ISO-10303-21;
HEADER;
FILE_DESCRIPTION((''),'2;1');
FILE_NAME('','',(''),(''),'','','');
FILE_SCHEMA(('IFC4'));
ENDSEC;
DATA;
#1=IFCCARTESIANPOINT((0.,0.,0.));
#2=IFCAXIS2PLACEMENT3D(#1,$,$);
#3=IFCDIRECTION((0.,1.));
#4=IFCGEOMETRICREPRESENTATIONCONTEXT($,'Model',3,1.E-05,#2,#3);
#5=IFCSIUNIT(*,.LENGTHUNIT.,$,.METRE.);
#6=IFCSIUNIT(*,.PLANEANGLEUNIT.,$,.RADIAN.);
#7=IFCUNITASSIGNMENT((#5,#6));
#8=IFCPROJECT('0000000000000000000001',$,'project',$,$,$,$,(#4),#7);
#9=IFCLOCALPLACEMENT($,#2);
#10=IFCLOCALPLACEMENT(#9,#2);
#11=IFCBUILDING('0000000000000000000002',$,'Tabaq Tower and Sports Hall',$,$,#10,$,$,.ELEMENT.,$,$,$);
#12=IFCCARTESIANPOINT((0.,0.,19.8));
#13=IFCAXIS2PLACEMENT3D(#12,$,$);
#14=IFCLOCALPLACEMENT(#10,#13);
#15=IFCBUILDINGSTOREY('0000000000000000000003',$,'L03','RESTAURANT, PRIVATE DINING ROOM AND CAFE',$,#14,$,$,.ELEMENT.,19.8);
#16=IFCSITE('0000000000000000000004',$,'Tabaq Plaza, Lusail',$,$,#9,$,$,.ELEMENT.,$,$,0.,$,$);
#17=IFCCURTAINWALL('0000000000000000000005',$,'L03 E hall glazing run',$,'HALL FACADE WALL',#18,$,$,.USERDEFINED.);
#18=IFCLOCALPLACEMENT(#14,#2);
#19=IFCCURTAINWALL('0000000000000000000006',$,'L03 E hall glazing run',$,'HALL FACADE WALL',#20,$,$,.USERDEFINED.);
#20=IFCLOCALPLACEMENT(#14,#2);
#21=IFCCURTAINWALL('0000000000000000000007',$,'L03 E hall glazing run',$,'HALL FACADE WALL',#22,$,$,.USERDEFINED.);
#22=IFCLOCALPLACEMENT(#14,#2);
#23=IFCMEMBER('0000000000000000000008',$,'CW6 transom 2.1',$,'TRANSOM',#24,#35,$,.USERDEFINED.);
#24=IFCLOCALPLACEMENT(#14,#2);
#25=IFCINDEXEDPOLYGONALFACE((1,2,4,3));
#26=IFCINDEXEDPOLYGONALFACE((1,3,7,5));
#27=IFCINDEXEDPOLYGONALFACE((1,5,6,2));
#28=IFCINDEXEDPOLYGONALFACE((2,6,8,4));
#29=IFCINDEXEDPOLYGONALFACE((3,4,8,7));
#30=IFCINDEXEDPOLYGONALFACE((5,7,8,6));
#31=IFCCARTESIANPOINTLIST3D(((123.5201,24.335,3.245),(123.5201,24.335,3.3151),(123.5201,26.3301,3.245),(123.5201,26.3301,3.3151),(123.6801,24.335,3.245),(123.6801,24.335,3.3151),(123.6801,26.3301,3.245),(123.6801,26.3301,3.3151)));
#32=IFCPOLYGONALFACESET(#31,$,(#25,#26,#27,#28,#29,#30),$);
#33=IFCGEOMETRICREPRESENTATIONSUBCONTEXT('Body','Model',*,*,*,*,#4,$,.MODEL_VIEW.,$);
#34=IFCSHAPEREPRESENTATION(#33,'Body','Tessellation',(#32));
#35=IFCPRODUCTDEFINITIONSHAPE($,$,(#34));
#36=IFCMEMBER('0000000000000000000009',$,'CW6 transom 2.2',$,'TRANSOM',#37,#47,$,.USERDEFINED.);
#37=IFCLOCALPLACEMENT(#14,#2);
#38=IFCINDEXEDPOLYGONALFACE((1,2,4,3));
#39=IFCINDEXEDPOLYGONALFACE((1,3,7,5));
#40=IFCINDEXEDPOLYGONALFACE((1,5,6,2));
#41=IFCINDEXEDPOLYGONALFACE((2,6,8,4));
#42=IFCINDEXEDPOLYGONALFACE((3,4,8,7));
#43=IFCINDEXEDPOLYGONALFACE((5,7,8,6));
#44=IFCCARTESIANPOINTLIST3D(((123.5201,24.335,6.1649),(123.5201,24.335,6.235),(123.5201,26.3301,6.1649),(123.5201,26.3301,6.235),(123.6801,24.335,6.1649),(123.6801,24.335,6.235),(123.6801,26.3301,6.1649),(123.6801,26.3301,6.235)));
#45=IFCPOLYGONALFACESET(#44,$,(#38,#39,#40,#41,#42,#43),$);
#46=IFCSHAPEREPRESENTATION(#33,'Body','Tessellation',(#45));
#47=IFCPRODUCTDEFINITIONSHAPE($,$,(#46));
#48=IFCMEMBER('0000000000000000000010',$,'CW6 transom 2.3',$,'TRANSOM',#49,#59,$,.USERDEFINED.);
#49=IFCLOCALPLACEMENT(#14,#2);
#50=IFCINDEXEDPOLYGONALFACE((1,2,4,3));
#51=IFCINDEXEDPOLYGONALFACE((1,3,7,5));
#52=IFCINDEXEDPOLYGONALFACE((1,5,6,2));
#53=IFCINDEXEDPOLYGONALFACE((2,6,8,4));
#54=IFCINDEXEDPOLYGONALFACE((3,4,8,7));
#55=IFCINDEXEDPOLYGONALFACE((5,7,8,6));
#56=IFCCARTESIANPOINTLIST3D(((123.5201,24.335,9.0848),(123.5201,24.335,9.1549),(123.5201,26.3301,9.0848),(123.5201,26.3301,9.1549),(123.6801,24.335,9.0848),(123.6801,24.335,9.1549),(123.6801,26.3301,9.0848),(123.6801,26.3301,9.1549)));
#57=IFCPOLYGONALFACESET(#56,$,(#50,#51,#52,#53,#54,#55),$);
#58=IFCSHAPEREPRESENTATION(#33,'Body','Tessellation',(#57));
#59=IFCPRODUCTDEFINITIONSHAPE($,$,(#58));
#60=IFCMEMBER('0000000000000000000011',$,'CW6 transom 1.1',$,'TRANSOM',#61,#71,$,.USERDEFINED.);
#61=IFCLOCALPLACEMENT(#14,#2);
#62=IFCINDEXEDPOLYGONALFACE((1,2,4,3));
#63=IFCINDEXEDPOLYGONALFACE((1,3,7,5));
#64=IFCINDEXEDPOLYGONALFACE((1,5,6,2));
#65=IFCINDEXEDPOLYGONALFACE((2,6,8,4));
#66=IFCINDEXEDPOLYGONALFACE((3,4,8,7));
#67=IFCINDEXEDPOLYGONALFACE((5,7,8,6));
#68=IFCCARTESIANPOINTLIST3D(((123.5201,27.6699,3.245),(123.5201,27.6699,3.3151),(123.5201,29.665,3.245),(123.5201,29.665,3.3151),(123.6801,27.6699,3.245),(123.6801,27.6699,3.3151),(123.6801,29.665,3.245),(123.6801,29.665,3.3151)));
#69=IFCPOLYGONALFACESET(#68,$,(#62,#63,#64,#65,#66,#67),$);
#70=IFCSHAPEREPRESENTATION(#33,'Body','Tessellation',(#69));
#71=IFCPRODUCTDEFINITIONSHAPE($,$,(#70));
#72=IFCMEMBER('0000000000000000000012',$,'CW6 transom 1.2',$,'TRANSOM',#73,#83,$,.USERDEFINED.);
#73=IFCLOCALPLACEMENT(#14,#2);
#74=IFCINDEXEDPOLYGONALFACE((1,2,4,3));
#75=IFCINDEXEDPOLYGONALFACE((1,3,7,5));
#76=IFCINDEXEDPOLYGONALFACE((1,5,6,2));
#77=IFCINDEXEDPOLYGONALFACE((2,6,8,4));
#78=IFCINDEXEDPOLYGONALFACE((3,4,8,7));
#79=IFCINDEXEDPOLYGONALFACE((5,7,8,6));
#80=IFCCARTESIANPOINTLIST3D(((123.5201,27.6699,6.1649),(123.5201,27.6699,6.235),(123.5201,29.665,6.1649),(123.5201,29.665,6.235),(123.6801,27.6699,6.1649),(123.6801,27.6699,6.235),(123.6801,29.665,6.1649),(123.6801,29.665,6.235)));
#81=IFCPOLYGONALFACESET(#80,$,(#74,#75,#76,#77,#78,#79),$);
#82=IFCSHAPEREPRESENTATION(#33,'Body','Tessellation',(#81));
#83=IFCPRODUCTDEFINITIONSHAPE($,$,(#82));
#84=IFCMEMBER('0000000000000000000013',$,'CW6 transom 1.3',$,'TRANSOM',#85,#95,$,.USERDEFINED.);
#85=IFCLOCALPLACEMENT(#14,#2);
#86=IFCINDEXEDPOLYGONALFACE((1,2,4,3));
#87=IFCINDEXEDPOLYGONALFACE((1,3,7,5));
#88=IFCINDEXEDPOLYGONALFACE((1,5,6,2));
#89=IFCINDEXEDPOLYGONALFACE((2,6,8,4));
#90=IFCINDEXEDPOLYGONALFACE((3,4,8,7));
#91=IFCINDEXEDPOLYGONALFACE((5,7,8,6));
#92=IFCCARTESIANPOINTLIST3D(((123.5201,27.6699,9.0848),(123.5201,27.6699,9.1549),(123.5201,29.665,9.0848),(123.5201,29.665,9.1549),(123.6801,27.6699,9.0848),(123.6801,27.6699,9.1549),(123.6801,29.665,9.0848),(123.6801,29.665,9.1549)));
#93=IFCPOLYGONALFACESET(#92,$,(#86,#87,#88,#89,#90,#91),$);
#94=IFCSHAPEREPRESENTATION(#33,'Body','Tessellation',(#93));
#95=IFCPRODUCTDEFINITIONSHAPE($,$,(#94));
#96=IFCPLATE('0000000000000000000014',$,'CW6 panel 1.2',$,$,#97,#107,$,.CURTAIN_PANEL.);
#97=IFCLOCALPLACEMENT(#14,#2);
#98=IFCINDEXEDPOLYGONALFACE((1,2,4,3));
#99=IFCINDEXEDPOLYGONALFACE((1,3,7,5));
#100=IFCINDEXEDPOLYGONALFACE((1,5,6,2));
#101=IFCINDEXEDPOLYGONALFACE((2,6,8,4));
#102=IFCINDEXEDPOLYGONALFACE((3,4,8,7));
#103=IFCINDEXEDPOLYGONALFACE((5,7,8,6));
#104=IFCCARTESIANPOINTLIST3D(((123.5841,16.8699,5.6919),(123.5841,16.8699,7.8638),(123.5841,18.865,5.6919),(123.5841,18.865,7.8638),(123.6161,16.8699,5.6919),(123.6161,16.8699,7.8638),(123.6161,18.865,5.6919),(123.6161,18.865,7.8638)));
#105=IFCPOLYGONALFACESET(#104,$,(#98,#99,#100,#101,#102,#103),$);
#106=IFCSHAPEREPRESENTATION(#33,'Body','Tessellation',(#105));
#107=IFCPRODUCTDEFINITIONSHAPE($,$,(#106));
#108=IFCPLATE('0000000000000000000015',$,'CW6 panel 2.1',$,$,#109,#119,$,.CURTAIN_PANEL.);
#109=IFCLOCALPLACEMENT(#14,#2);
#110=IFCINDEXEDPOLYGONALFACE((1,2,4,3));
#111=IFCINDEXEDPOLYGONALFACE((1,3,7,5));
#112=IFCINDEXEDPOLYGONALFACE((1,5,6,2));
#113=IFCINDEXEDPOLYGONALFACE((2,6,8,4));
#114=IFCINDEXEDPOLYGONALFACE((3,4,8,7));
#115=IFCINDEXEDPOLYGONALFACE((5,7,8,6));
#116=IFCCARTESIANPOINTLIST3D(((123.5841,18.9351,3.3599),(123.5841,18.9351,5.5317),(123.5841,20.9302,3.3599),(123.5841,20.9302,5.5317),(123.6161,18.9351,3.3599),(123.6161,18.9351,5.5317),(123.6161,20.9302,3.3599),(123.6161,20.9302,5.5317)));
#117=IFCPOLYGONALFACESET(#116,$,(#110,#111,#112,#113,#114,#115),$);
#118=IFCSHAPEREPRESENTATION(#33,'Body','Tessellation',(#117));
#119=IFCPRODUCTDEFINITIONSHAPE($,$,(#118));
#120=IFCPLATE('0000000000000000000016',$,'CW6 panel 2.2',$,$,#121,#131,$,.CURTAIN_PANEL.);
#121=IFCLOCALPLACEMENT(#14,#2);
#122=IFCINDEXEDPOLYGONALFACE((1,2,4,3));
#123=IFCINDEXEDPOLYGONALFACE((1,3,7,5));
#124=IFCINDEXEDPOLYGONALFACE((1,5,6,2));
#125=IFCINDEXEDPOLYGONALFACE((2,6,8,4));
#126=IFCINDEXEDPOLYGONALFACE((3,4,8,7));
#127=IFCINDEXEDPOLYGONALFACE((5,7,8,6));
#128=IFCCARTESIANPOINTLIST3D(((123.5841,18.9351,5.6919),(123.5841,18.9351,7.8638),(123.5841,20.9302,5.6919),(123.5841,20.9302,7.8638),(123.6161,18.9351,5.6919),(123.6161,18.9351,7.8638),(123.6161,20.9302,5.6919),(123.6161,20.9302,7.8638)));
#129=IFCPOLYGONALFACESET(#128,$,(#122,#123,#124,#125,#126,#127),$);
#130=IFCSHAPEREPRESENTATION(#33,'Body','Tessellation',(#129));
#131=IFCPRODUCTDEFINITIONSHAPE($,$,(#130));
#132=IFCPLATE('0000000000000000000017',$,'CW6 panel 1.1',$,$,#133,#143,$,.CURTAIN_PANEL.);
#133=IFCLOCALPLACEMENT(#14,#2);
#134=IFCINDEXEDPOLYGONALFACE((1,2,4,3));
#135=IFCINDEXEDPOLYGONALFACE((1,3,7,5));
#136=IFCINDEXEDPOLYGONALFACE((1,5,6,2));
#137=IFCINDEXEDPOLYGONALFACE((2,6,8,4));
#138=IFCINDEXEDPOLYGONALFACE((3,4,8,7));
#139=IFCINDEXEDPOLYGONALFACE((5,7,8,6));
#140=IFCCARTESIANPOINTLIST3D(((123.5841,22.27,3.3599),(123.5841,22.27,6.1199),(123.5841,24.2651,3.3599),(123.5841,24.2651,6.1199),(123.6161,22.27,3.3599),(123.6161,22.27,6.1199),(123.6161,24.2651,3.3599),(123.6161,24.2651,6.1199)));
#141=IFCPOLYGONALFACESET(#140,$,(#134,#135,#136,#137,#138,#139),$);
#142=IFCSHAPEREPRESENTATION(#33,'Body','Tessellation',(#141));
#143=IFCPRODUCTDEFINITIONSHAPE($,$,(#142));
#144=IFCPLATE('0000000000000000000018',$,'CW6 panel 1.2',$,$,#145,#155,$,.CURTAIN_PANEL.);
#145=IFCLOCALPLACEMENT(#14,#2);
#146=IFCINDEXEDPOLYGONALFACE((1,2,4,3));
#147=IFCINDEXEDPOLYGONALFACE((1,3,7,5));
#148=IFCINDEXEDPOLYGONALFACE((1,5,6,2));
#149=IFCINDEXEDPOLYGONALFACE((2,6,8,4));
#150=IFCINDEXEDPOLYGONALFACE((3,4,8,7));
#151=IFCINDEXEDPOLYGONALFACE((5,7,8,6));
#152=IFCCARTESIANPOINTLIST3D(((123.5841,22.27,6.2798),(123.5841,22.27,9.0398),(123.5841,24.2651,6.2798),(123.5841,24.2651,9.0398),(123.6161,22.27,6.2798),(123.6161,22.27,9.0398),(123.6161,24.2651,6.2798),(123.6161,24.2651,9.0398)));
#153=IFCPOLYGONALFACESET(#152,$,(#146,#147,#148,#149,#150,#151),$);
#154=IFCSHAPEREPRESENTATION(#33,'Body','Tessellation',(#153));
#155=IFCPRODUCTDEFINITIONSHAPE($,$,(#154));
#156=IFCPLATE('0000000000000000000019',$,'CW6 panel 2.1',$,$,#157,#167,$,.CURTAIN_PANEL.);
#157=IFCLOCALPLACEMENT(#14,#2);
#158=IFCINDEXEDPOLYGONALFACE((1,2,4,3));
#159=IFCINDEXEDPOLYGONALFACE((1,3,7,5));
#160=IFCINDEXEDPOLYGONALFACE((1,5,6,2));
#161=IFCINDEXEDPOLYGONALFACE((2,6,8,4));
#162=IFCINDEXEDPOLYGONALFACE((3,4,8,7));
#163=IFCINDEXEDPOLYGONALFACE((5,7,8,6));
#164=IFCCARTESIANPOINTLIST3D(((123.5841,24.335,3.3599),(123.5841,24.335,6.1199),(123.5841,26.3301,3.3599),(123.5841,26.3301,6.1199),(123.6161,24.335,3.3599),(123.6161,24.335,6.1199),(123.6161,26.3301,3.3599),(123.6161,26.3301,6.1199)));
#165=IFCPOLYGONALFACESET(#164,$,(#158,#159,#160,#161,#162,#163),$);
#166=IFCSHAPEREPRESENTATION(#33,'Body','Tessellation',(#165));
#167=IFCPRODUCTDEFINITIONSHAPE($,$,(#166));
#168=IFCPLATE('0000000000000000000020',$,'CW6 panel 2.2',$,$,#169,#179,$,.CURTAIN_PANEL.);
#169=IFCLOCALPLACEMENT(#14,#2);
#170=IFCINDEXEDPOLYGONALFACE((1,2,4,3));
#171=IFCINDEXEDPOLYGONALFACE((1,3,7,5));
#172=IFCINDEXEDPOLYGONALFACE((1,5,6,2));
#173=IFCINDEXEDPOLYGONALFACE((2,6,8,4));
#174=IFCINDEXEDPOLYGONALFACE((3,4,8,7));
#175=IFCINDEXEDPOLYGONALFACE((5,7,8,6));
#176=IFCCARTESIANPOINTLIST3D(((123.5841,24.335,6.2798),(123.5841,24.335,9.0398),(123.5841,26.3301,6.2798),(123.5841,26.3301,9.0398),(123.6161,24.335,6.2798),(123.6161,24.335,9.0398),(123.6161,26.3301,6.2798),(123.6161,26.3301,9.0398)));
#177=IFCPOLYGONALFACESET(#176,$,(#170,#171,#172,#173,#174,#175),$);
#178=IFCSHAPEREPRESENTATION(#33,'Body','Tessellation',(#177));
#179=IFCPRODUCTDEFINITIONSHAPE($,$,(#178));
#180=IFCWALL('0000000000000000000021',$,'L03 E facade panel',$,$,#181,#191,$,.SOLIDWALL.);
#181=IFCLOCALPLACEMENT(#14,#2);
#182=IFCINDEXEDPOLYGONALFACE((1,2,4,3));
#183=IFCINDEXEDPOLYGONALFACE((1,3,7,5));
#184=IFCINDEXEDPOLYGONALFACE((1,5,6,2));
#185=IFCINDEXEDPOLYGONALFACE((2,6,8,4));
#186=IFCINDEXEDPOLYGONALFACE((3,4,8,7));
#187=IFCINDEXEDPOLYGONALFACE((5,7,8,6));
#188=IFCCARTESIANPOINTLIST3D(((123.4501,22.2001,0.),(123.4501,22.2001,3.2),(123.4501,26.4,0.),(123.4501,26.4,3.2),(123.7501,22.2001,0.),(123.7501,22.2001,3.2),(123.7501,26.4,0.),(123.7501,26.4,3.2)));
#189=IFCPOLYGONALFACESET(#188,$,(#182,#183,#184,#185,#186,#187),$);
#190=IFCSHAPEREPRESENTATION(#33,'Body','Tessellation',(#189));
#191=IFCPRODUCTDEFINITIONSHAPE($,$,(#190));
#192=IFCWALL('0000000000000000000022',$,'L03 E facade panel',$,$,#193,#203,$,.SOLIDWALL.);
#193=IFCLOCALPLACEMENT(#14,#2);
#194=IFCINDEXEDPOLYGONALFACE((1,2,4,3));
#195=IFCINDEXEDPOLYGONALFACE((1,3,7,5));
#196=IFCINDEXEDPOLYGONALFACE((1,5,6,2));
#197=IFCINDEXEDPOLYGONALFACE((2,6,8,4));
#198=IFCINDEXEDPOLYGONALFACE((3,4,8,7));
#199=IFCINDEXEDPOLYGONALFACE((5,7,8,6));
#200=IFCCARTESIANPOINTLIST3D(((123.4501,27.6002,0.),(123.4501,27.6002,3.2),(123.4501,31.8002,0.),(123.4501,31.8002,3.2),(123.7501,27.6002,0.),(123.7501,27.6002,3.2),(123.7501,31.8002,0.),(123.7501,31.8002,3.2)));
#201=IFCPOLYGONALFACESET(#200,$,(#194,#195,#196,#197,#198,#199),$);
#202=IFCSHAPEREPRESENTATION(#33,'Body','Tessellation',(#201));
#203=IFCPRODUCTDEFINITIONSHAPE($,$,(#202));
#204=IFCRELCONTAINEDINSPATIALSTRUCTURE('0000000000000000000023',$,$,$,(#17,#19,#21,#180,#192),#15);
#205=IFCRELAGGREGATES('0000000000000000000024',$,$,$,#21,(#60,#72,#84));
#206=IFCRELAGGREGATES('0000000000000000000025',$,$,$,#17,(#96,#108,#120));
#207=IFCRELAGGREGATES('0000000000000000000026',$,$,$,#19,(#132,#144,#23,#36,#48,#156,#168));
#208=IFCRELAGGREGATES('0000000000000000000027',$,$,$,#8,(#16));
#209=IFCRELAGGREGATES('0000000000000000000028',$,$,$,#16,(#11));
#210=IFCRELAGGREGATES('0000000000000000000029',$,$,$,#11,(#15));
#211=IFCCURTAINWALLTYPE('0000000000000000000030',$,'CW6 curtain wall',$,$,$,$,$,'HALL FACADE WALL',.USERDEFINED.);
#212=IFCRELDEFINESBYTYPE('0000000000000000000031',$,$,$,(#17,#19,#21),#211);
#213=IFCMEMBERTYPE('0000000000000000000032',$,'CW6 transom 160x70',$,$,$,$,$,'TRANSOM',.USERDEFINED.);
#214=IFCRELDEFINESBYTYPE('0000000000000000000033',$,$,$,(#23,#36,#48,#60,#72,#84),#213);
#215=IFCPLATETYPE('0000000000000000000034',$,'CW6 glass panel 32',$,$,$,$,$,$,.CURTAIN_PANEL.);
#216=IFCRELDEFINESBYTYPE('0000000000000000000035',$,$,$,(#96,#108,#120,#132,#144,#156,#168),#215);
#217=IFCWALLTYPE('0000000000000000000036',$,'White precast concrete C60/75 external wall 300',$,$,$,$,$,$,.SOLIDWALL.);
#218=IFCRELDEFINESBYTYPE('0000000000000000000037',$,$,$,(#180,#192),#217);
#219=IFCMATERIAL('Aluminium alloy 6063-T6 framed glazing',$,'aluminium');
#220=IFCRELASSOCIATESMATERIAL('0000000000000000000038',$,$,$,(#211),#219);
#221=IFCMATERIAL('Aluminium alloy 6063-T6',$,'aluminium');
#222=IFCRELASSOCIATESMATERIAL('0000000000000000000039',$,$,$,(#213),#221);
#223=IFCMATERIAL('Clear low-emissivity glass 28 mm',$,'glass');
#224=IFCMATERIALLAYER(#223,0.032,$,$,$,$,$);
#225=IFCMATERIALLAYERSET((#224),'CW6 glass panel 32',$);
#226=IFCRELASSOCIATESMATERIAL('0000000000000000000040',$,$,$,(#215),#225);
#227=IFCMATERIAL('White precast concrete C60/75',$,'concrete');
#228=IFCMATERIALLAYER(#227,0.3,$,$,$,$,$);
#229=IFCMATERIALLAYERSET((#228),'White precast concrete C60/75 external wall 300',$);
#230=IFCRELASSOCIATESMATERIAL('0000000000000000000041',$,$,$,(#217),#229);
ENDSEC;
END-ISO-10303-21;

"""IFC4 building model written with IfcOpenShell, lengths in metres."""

from ifc_helpers import new_model, si_unit, direction, frame, frame_2d, origin, origin_2d, place, context, subcontext, project, spatial, rectangle, extrude, material, layer, layer_set, material_profile, profile_set, type_object, element, aggregate, save


model = new_model("IFC4")

# Units and contexts
model_context = context("Model", 3, precision=1e-05, world=origin(), true_north=direction((0.0, 1.0)))
body_context = subcontext(model_context, "Body", "Model", "MODEL_VIEW")
ifc_project = project(units=[si_unit("LENGTHUNIT", "METRE"), si_unit("PLANEANGLEUNIT", "RADIAN")], contexts=[model_context])

# Site, building, storey
site_placement = place(None, origin())
site = spatial("IfcSite", under=ifc_project, at=site_placement, Name="Tabaq Plaza, Lusail", CompositionType="ELEMENT", RefElevation=0.0)
building_placement = place(site_placement, origin())
building = spatial("IfcBuilding", under=site, at=building_placement, Name="Tabaq Tower and Sports Hall", CompositionType="ELEMENT")
storey_placement = place(building_placement, frame((0.0, 0.0, 19.8)))
storey = spatial("IfcBuildingStorey", under=building, at=storey_placement, Name="L03", Description="RESTAURANT, PRIVATE DINING ROOM AND CAFE", CompositionType="ELEMENT", Elevation=19.8)

# Curtain walls
ifc_material_1 = material(Name="Aluminium alloy 6063-T6 framed glazing", Category="aluminium")
curtain_wall_type = type_object("IfcCurtainWallType", Name="CW6 curtain wall", ElementType="HALL FACADE WALL", PredefinedType="USERDEFINED", material=ifc_material_1)
curtain_wall_1_placement = place(storey_placement, origin())
curtain_wall_1 = element("IfcCurtainWall", 1, at=curtain_wall_1_placement, inside=storey, type_object=curtain_wall_type, Name="L03 E hall glazing run", ObjectType="HALL FACADE WALL", PredefinedType="USERDEFINED")
curtain_wall_2_placement = place(storey_placement, origin())
curtain_wall_2 = element("IfcCurtainWall", 2, at=curtain_wall_2_placement, inside=storey, type_object=curtain_wall_type, Name="L03 E hall glazing run", ObjectType="HALL FACADE WALL", PredefinedType="USERDEFINED")

# Curtain wall
curtain_wall_3_placement = place(storey_placement, origin())
curtain_wall_3 = element("IfcCurtainWall", 3, at=curtain_wall_3_placement, inside=storey, type_object=curtain_wall_type, Name="L03 E hall glazing run", ObjectType="HALL FACADE WALL", PredefinedType="USERDEFINED")

# Members
ifc_material_2 = material(Name="Aluminium alloy 6063-T6", Category="aluminium")
ifc_material_profile_1 = material_profile(ifc_material_2, rectangle(XDim=0.1599, YDim=0.0701, at=origin_2d()), Name="TRANSOM 160x70")
ifc_profile_set_1 = profile_set([ifc_material_profile_1], Name="Aluminium alloy 6063-T6")
member_type_1 = type_object("IfcMemberType", Name="CW6 transom 160x70", ElementType="TRANSOM", PredefinedType="USERDEFINED", material=ifc_profile_set_1)
member_1_placement = place(storey_placement, frame((123.6001, 24.335, 3.28), z_axis=(0.0, 1.0, 0.0), x_axis=(-1.0, 0.0, 0.0)))
member_1 = element("IfcMember", 4, at=member_1_placement, type_object=member_type_1, Name="CW6 transom 2.1", ObjectType="TRANSOM", PredefinedType="USERDEFINED", context=body_context, shape_type="SweptSolid", body=[
    extrude(rectangle(XDim=0.1599, YDim=0.0701, at=origin_2d()), origin(), (0.0, 0.0, 1.0), 1.9951),
])
member_2_placement = place(storey_placement, frame((123.6001, 24.335, 6.2), z_axis=(0.0, 1.0, 0.0), x_axis=(-1.0, 0.0, 0.0)))
member_2 = element("IfcMember", 5, at=member_2_placement, type_object=member_type_1, Name="CW6 transom 2.2", ObjectType="TRANSOM", PredefinedType="USERDEFINED", context=body_context, shape_type="SweptSolid", body=[
    extrude(rectangle(XDim=0.1599, YDim=0.0701, at=origin_2d()), origin(), (0.0, 0.0, 1.0), 1.9951),
])
member_3_placement = place(storey_placement, frame((123.6001, 24.335, 9.1199), z_axis=(0.0, 1.0, 0.0), x_axis=(-1.0, 0.0, 0.0)))
member_3 = element("IfcMember", 6, at=member_3_placement, type_object=member_type_1, Name="CW6 transom 2.3", ObjectType="TRANSOM", PredefinedType="USERDEFINED", context=body_context, shape_type="SweptSolid", body=[
    extrude(rectangle(XDim=0.1599, YDim=0.0701, at=origin_2d()), origin(), (0.0, 0.0, 1.0), 1.9951),
])
member_4_placement = place(storey_placement, frame((123.6001, 27.6699, 3.28), z_axis=(0.0, 1.0, 0.0), x_axis=(-1.0, 0.0, 0.0)))
member_4 = element("IfcMember", 7, at=member_4_placement, type_object=member_type_1, Name="CW6 transom 1.1", ObjectType="TRANSOM", PredefinedType="USERDEFINED", context=body_context, shape_type="SweptSolid", body=[
    extrude(rectangle(XDim=0.1599, YDim=0.0701, at=origin_2d()), origin(), (0.0, 0.0, 1.0), 1.9951),
])
member_5_placement = place(storey_placement, frame((123.6001, 27.6699, 6.2), z_axis=(0.0, 1.0, 0.0), x_axis=(-1.0, 0.0, 0.0)))
member_5 = element("IfcMember", 8, at=member_5_placement, type_object=member_type_1, Name="CW6 transom 1.2", ObjectType="TRANSOM", PredefinedType="USERDEFINED", context=body_context, shape_type="SweptSolid", body=[
    extrude(rectangle(XDim=0.1599, YDim=0.0701, at=origin_2d()), origin(), (0.0, 0.0, 1.0), 1.9951),
])
member_6_placement = place(storey_placement, frame((123.6001, 27.6699, 9.1199), z_axis=(0.0, 1.0, 0.0), x_axis=(-1.0, 0.0, 0.0)))
member_6 = element("IfcMember", 9, at=member_6_placement, type_object=member_type_1, Name="CW6 transom 1.3", ObjectType="TRANSOM", PredefinedType="USERDEFINED", context=body_context, shape_type="SweptSolid", body=[
    extrude(rectangle(XDim=0.1599, YDim=0.0701, at=origin_2d()), origin(), (0.0, 0.0, 1.0), 1.9951),
])
aggregate(curtain_wall_3, [member_4, member_5, member_6])

# Plates
ifc_material_3 = material(Name="Clear low-emissivity glass 28 mm", Category="glass")
ifc_layer_1 = layer(ifc_material_3, 0.032)
ifc_layer_set_1 = layer_set([ifc_layer_1], Name="CW6 glass panel 32")
plate_type = type_object("IfcPlateType", Name="CW6 glass panel 32", PredefinedType="CURTAIN_PANEL", material=ifc_layer_set_1)
plate_1_placement = place(storey_placement, frame((123.6001, 17.8674, 5.6919), z_axis=(0.0, 0.0, 1.0), x_axis=(0.0, 1.0, 0.0)))
plate_1 = element("IfcPlate", 10, at=plate_1_placement, type_object=plate_type, Name="CW6 panel 1.2", PredefinedType="CURTAIN_PANEL", context=body_context, shape_type="SweptSolid", body=[
    extrude(rectangle(XDim=1.9951, YDim=0.032, at=origin_2d()), origin(), (0.0, 0.0, 1.0), 2.1719),
])
plate_2_placement = place(storey_placement, frame((123.6001, 19.9326, 3.3599), z_axis=(0.0, 0.0, 1.0), x_axis=(0.0, 1.0, 0.0)))
plate_2 = element("IfcPlate", 11, at=plate_2_placement, type_object=plate_type, Name="CW6 panel 2.1", PredefinedType="CURTAIN_PANEL", context=body_context, shape_type="SweptSolid", body=[
    extrude(rectangle(XDim=1.9951, YDim=0.032, at=origin_2d()), origin(), (0.0, 0.0, 1.0), 2.1719),
])
plate_3_placement = place(storey_placement, frame((123.6001, 19.9326, 5.6919), z_axis=(0.0, 0.0, 1.0), x_axis=(0.0, 1.0, 0.0)))
plate_3 = element("IfcPlate", 12, at=plate_3_placement, type_object=plate_type, Name="CW6 panel 2.2", PredefinedType="CURTAIN_PANEL", context=body_context, shape_type="SweptSolid", body=[
    extrude(rectangle(XDim=1.9951, YDim=0.032, at=origin_2d()), origin(), (0.0, 0.0, 1.0), 2.1719),
])
aggregate(curtain_wall_1, [plate_1, plate_2, plate_3])
plate_4_placement = place(storey_placement, frame((123.6001, 23.2676, 3.3599), z_axis=(0.0, 0.0, 1.0), x_axis=(0.0, 1.0, 0.0)))
plate_4 = element("IfcPlate", 13, at=plate_4_placement, type_object=plate_type, Name="CW6 panel 1.1", PredefinedType="CURTAIN_PANEL", context=body_context, shape_type="SweptSolid", body=[
    extrude(rectangle(XDim=1.9951, YDim=0.032, at=origin_2d()), origin(), (0.0, 0.0, 1.0), 2.76),
])
plate_5_placement = place(storey_placement, frame((123.6001, 23.2676, 6.2798), z_axis=(0.0, 0.0, 1.0), x_axis=(0.0, 1.0, 0.0)))
plate_5 = element("IfcPlate", 14, at=plate_5_placement, type_object=plate_type, Name="CW6 panel 1.2", PredefinedType="CURTAIN_PANEL", context=body_context, shape_type="SweptSolid", body=[
    extrude(rectangle(XDim=1.9951, YDim=0.032, at=origin_2d()), origin(), (0.0, 0.0, 1.0), 2.76),
])
plate_6_placement = place(storey_placement, frame((123.6001, 25.3325, 3.3599), z_axis=(0.0, 0.0, 1.0), x_axis=(0.0, 1.0, 0.0)))
plate_6 = element("IfcPlate", 15, at=plate_6_placement, type_object=plate_type, Name="CW6 panel 2.1", PredefinedType="CURTAIN_PANEL", context=body_context, shape_type="SweptSolid", body=[
    extrude(rectangle(XDim=1.9951, YDim=0.032, at=origin_2d()), origin(), (0.0, 0.0, 1.0), 2.76),
])
plate_7_placement = place(storey_placement, frame((123.6001, 25.3325, 6.2798), z_axis=(0.0, 0.0, 1.0), x_axis=(0.0, 1.0, 0.0)))
plate_7 = element("IfcPlate", 16, at=plate_7_placement, type_object=plate_type, Name="CW6 panel 2.2", PredefinedType="CURTAIN_PANEL", context=body_context, shape_type="SweptSolid", body=[
    extrude(rectangle(XDim=1.9951, YDim=0.032, at=origin_2d()), origin(), (0.0, 0.0, 1.0), 2.76),
])
aggregate(curtain_wall_2, [plate_4, plate_5, member_1, member_2, member_3, plate_6, plate_7])

# Walls
ifc_material_4 = material(Name="White precast concrete C60/75", Category="concrete")
ifc_layer_2 = layer(ifc_material_4, 0.3)
ifc_layer_set_2 = layer_set([ifc_layer_2], Name="White precast concrete C60/75 external wall 300")
wall_type = type_object("IfcWallType", Name="White precast concrete C60/75 external wall 300", PredefinedType="SOLIDWALL", material=ifc_layer_set_2)
for number, where, z_axis, x_axis, name in (
    (17, (123.6001, 22.2, 0.0), (0.0, 0.0, 1.0), (0.0, 1.0, 0.0), "L03 E facade panel"),
    (18, (123.6001, 27.6001, 0.0), (0.0, 0.0, 1.0), (0.0, 1.0, 0.0), "L03 E facade panel"),
):
    element("IfcWall", number, at=place(storey_placement, frame(where, z_axis=z_axis, x_axis=x_axis)), inside=storey, type_object=wall_type, Name=name, PredefinedType="SOLIDWALL", context=body_context, shape_type="SweptSolid", body=[
        extrude(rectangle(XDim=4.2, YDim=0.3, at=frame_2d((2.1001, 0.0))), origin(), (0.0, 0.0, 1.0), 3.2),
    ])

save(model, "model.ifc")
